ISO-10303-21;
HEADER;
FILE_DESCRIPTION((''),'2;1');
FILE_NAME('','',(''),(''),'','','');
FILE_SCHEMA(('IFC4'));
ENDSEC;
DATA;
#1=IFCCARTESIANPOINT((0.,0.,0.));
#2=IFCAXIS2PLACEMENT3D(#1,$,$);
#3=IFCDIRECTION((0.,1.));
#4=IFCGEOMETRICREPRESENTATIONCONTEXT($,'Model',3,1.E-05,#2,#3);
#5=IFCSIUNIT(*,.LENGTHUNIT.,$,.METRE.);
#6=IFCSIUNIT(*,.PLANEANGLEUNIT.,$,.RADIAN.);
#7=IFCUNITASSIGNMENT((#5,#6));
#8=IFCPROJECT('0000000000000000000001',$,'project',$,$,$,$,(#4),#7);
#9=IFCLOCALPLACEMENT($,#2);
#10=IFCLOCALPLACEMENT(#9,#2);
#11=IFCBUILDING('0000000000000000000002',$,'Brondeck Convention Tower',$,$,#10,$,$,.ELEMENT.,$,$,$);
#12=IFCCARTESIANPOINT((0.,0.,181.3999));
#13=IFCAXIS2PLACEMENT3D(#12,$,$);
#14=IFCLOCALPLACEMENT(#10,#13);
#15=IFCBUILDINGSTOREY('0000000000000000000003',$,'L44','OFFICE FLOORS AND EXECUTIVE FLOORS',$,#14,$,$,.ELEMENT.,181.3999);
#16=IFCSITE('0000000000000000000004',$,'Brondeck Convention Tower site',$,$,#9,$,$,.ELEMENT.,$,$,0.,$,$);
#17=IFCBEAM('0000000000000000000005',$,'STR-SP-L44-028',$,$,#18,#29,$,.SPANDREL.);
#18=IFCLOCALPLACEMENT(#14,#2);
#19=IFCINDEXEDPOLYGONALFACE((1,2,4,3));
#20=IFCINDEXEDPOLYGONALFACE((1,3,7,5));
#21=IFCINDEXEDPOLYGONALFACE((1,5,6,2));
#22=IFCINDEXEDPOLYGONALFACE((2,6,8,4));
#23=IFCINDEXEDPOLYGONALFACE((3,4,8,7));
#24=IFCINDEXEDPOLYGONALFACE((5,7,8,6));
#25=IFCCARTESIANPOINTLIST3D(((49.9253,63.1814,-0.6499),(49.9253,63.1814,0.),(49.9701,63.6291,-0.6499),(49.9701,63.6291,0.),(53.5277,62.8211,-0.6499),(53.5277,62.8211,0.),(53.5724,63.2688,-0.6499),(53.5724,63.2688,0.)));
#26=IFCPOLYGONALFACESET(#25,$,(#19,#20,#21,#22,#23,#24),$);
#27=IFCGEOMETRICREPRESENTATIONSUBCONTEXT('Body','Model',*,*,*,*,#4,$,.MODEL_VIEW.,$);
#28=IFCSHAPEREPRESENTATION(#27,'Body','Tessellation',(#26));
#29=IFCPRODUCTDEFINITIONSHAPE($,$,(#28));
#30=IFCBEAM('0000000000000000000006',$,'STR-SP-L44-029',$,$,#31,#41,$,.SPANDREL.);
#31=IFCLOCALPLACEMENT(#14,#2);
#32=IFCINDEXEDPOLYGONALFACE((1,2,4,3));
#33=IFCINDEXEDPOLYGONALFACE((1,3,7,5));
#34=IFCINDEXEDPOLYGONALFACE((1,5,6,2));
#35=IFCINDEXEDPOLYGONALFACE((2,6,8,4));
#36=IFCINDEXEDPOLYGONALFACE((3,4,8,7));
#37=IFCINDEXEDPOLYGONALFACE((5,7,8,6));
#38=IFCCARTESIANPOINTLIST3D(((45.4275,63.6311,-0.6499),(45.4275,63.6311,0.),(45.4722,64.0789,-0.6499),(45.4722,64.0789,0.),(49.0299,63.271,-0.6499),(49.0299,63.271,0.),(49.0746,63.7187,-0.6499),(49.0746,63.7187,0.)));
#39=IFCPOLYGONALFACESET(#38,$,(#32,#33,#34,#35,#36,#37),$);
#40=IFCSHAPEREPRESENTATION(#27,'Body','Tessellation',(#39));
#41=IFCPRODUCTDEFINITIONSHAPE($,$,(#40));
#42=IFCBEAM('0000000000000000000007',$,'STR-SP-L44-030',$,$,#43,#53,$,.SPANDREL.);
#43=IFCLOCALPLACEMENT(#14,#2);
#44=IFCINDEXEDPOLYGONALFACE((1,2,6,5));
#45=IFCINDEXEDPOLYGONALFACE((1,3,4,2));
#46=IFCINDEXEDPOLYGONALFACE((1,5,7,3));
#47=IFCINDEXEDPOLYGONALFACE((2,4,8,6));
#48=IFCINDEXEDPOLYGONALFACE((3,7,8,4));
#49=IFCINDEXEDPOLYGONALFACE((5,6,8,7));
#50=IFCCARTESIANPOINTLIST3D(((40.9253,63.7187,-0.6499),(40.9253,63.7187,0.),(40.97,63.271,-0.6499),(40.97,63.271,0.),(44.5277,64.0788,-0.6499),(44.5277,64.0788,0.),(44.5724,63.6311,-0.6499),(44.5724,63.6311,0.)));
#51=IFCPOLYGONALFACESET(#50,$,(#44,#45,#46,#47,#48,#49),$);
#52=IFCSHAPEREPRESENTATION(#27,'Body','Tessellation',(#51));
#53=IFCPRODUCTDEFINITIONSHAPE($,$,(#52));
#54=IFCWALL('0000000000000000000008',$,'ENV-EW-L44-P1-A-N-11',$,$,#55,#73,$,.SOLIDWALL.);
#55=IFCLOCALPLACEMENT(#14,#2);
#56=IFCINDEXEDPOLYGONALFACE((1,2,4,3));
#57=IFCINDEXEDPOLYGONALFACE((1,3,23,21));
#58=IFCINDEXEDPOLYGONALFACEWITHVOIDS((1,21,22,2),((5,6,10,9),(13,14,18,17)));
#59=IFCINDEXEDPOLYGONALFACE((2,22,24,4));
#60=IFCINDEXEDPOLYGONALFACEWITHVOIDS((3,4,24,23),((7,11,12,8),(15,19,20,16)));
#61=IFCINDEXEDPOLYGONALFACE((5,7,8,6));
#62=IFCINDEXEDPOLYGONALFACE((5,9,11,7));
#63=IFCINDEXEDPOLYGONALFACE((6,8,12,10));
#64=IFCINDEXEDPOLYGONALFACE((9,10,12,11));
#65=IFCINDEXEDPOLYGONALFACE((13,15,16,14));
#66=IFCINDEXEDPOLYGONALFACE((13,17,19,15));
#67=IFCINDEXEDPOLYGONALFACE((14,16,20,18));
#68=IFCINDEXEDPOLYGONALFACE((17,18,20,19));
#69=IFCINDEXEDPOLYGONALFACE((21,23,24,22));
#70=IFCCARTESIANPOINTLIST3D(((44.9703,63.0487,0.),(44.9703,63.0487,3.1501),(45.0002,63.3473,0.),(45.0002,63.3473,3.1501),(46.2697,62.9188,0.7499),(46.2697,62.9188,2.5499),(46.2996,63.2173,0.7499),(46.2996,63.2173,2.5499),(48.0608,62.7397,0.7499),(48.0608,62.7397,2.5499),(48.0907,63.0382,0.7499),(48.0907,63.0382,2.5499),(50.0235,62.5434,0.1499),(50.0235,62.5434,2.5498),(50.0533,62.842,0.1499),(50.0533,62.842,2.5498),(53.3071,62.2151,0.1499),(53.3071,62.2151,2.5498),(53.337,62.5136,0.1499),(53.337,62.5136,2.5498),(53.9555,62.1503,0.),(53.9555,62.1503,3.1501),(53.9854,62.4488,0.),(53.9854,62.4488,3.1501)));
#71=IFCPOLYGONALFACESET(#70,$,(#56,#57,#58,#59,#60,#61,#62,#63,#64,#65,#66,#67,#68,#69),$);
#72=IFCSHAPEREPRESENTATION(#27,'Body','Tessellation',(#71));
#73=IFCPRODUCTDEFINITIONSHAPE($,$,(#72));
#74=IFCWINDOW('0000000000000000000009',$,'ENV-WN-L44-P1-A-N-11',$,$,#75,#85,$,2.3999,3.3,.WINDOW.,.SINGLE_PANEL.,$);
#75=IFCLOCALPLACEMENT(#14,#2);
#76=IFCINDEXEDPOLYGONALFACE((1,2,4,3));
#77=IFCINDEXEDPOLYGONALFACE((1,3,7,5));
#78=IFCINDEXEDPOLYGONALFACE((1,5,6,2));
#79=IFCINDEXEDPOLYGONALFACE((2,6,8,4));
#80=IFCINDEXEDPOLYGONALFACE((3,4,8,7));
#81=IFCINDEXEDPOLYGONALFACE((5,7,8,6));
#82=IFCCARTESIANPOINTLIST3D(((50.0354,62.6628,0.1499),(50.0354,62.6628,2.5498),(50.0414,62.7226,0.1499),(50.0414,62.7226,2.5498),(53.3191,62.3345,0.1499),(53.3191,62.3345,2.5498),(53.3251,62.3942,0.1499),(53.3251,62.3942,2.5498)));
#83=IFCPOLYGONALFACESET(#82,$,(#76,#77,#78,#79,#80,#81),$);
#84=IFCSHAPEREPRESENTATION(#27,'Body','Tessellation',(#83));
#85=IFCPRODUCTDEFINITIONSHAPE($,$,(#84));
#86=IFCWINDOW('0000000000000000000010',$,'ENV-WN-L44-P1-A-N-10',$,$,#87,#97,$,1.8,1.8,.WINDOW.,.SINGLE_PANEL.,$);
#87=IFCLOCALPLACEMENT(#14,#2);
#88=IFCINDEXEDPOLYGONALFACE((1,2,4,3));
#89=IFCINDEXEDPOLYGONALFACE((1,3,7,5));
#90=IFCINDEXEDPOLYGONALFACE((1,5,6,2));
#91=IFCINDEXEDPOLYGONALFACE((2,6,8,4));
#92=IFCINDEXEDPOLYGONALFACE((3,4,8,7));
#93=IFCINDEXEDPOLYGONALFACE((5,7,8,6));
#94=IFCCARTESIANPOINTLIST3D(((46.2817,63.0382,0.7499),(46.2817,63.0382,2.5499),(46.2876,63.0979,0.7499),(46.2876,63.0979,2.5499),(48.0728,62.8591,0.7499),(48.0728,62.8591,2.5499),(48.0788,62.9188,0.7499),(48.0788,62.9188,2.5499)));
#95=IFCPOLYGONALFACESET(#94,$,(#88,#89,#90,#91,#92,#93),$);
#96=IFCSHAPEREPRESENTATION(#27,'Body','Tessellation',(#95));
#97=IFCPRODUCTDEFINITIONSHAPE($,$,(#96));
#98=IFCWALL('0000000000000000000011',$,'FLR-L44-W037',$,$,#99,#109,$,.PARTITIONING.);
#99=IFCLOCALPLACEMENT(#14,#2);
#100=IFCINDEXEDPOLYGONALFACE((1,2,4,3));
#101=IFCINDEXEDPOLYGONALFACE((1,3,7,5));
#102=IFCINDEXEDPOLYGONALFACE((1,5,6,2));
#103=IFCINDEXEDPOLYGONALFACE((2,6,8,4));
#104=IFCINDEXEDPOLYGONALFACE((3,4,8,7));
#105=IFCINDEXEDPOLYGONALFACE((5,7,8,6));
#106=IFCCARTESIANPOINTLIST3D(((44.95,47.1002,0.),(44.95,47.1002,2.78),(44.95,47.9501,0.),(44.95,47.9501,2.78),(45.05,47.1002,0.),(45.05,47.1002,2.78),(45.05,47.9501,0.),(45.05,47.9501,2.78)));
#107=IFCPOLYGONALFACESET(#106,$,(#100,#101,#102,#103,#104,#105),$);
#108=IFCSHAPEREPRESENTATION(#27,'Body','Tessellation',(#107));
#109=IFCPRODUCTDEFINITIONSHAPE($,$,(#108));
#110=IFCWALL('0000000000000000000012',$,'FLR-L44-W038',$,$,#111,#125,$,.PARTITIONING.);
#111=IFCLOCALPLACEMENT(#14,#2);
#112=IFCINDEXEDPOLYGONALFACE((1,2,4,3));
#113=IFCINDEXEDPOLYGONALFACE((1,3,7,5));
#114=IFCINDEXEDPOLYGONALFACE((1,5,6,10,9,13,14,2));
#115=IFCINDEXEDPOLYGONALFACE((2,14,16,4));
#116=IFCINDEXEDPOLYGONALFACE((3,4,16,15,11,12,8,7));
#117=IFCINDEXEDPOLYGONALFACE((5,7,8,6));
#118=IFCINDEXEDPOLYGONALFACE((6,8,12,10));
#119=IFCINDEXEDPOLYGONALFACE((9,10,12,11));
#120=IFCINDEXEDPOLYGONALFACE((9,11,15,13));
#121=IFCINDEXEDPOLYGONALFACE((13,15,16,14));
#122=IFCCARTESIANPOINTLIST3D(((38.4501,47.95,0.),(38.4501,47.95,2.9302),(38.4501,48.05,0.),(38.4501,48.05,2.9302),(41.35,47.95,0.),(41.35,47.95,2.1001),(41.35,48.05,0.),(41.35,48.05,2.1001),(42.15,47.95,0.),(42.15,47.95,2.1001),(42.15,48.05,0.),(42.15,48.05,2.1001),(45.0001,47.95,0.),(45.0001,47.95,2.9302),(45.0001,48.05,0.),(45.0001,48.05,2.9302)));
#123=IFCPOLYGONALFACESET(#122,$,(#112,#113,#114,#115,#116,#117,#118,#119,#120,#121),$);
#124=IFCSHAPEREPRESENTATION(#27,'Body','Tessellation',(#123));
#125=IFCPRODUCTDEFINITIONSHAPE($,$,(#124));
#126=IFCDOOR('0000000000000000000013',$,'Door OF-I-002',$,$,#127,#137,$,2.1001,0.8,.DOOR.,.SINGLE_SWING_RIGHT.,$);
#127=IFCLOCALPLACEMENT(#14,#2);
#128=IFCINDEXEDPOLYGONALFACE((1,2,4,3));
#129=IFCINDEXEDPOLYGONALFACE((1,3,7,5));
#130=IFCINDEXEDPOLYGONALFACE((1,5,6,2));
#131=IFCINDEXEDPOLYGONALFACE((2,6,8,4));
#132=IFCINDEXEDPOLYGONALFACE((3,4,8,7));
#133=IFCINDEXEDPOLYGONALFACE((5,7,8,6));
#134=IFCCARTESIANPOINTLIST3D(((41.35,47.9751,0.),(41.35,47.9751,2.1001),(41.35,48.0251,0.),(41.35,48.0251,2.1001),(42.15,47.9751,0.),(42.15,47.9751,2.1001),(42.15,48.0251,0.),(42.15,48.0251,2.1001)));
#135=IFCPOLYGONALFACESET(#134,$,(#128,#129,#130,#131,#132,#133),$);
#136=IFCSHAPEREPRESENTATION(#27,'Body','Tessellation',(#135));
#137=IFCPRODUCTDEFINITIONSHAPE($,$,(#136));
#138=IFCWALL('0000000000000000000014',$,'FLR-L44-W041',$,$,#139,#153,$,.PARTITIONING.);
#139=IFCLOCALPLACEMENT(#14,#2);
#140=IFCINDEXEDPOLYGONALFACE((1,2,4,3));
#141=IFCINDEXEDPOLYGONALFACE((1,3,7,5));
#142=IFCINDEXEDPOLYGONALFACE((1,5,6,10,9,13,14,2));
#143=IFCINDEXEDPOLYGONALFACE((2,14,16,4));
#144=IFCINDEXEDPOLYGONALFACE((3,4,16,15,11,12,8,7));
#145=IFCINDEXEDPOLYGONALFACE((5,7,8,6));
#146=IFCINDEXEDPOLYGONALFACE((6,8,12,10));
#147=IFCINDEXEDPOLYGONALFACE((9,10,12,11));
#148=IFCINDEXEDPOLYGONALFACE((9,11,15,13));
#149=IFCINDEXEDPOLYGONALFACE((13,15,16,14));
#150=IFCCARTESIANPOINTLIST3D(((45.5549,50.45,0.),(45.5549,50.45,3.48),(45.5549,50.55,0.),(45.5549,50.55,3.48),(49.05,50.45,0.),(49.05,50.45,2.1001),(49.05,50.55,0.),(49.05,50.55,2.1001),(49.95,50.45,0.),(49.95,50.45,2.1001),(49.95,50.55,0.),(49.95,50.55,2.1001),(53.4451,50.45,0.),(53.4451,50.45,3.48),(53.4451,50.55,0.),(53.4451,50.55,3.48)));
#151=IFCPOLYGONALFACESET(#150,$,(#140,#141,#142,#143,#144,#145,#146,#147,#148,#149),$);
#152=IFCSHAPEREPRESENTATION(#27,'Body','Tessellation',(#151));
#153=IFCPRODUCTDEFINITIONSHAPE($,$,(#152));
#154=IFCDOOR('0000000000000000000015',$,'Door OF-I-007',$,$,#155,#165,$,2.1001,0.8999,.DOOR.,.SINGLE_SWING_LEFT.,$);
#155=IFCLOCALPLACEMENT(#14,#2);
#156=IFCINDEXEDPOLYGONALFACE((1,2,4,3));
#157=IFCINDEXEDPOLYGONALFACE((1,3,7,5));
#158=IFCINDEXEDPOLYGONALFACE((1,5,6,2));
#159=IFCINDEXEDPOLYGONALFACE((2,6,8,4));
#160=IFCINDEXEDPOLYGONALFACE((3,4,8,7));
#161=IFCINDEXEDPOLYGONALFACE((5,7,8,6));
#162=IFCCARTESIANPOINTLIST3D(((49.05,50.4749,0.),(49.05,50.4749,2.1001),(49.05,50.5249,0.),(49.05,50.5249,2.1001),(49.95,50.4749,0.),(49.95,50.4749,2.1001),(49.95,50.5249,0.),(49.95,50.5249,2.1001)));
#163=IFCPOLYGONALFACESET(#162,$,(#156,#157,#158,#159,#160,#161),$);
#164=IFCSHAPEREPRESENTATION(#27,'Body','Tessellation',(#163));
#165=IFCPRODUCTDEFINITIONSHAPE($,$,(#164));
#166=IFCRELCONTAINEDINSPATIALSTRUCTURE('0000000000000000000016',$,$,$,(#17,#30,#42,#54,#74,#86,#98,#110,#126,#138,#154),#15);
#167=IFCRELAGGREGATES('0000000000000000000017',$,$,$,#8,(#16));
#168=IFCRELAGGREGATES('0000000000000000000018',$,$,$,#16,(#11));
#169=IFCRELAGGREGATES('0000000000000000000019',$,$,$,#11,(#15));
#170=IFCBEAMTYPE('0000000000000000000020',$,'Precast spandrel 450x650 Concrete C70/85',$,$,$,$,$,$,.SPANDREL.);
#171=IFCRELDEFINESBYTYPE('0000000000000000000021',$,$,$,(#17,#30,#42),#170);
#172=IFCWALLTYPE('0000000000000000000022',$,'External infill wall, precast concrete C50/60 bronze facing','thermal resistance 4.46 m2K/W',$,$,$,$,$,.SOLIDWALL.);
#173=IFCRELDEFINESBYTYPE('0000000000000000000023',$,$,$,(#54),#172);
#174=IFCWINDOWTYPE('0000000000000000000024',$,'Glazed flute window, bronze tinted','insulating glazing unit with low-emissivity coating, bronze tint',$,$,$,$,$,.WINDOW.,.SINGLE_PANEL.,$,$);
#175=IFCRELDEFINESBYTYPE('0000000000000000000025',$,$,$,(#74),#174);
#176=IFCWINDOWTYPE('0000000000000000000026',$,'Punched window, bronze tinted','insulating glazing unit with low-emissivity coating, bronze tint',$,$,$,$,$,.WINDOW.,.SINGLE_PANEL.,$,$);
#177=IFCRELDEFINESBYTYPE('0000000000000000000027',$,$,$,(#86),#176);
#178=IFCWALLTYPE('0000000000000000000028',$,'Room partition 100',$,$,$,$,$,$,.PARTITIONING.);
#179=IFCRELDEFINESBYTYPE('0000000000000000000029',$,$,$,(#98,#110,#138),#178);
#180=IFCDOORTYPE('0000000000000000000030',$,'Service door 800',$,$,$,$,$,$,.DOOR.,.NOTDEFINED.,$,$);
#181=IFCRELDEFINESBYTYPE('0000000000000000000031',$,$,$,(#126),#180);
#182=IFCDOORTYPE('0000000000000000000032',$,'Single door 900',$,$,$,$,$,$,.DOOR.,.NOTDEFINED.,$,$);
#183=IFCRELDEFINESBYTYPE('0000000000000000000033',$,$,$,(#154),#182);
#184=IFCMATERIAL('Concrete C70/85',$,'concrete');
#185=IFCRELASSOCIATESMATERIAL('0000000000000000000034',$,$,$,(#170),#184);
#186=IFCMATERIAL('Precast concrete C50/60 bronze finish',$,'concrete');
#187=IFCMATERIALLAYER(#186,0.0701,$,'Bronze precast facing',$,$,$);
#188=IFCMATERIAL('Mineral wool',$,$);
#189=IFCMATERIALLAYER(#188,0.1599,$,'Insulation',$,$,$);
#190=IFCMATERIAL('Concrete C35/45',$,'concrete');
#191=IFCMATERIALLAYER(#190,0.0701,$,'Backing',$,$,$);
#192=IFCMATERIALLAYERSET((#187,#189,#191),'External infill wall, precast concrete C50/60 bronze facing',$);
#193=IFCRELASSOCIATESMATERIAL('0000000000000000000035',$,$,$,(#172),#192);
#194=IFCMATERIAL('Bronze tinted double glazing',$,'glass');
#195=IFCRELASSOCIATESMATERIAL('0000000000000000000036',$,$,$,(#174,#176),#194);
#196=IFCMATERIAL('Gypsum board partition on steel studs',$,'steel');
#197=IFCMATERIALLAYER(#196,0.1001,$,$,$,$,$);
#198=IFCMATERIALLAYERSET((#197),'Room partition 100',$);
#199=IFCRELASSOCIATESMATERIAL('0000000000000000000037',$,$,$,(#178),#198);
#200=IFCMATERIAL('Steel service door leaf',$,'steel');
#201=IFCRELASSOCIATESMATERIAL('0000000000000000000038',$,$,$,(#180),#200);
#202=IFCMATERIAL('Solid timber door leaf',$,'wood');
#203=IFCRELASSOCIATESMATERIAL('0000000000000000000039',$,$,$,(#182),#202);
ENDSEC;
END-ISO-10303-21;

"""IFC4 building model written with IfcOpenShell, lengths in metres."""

from ifc_helpers import new_model, si_unit, direction, frame, frame_2d, origin, origin_2d, place, context, subcontext, project, spatial, rectangle, extrude, material, layer, layer_set, material_profile, profile_set, type_object, element, fill, save


model = new_model("IFC4")

# Units and contexts
model_context = context("Model", 3, precision=1e-05, world=origin(), true_north=direction((0.0, 1.0)))
body_context = subcontext(model_context, "Body", "Model", "MODEL_VIEW")
ifc_project = project(units=[si_unit("LENGTHUNIT", "METRE"), si_unit("PLANEANGLEUNIT", "RADIAN")], contexts=[model_context])

# Site, building, storey
site_placement = place(None, origin())
site = spatial("IfcSite", under=ifc_project, at=site_placement, Name="Brondeck Convention Tower site", CompositionType="ELEMENT", RefElevation=0.0)
building_placement = place(site_placement, origin())
building = spatial("IfcBuilding", under=site, at=building_placement, Name="Brondeck Convention Tower", CompositionType="ELEMENT")
storey_placement = place(building_placement, frame((0.0, 0.0, 181.3999)))
storey = spatial("IfcBuildingStorey", under=building, at=storey_placement, Name="L44", Description="OFFICE FLOORS AND EXECUTIVE FLOORS", CompositionType="ELEMENT", Elevation=181.3999)

# Shared definitions
ifc_material_1 = material(Name="Concrete C70/85", Category="concrete")

# Beams
ifc_material_profile_1 = material_profile(ifc_material_1, rectangle(XDim=0.45, YDim=0.6499, at=origin_2d()), Name="Precast spandrel 450x650 Concrete C70/85")
ifc_profile_set_1 = profile_set([ifc_material_profile_1], Name="Concrete C70/85")
beam_type_1 = type_object("IfcBeamType", Name="Precast spandrel 450x650 Concrete C70/85", PredefinedType="SPANDREL", material=ifc_profile_set_1)
for number, where, z_axis, x_axis, name in (
    (1, (53.55, 63.0449, -0.325), (-0.995034, 0.099537, 0.0), (-0.099537, -0.995034, 0.0), "STR-SP-L44-028"),
    (2, (49.0522, 63.4949, -0.325), (-0.995041, 0.09947, 0.0), (-0.09947, -0.995041, 0.0), "STR-SP-L44-029"),
    (3, (44.55, 63.855, -0.325), (-0.995041, -0.09947, 0.0), (0.09947, -0.995041, 0.0), "STR-SP-L44-030"),
):
    element("IfcBeam", number, at=place(storey_placement, frame(where, z_axis=z_axis, x_axis=x_axis)), inside=storey, type_object=beam_type_1, Name=name, PredefinedType="SPANDREL", context=body_context, shape_type="SweptSolid", body=[
        extrude(rectangle(XDim=0.45, YDim=0.6499, at=origin_2d()), origin(), (0.0, 0.0, 1.0), 3.6204),
    ])

# Wall, openings, windows
ifc_material_2 = material(Name="Precast concrete C50/60 bronze finish", Category="concrete")
ifc_layer_1 = layer(ifc_material_2, 0.0701, Name="Bronze precast facing")
ifc_material_3 = material(Name="Mineral wool")
ifc_layer_2 = layer(ifc_material_3, 0.1599, Name="Insulation")
ifc_material_4 = material(Name="Concrete C35/45", Category="concrete")
ifc_layer_3 = layer(ifc_material_4, 0.0701, Name="Backing")
ifc_layer_set_1 = layer_set([ifc_layer_1, ifc_layer_2, ifc_layer_3], Name="External infill wall, precast concrete C50/60 bronze facing")
wall_type_1 = type_object("IfcWallType", Name="External infill wall, precast concrete C50/60 bronze facing", Description="thermal resistance 4.46 m2K/W", PredefinedType="SOLIDWALL", material=ifc_layer_set_1)
wall_1_placement = place(storey_placement, frame((44.9851, 63.198, 0.0), z_axis=(0.0, 0.0, 1.0), x_axis=(0.995038, -0.099496, 0.0)))
wall_1 = element("IfcWall", 4, at=wall_1_placement, inside=storey, type_object=wall_type_1, Name="ENV-EW-L44-P1-A-N-11", PredefinedType="SOLIDWALL", context=body_context, shape_type="SweptSolid", body=[
    extrude(rectangle(XDim=9.03, YDim=0.3, at=frame_2d((4.5151, 0.0))), origin(), (0.0, 0.0, 1.0), 3.1501),
])
opening_1_placement = place(wall_1_placement, frame((1.3062, 0.0, 0.75)))
opening_1 = element("IfcOpeningElement", 5, at=opening_1_placement, cuts=wall_1, PredefinedType="OPENING", context=body_context, shape_type="SweptSolid", body=[
    extrude(rectangle(XDim=1.8, YDim=1.8, at=frame_2d((0.8999, 0.8999))), frame((0.0, 0.1599, 0.0), z_axis=(0.0, -1.0, 0.0), x_axis=(1.0, 0.0, 0.0)), (0.0, 0.0, 1.0), 0.3201),
])
opening_2_placement = place(wall_1_placement, frame((5.0786, 0.0, 0.1499)))
opening_2 = element("IfcOpeningElement", 6, at=opening_2_placement, cuts=wall_1, PredefinedType="OPENING", context=body_context, shape_type="SweptSolid", body=[
    extrude(rectangle(XDim=3.3, YDim=2.3999, at=frame_2d((1.6499, 1.2))), frame((0.0, 0.1599, 0.0), z_axis=(0.0, -1.0, 0.0), x_axis=(1.0, 0.0, 0.0)), (0.0, 0.0, 1.0), 0.3201),
])
ifc_material_5 = material(Name="Bronze tinted double glazing", Category="glass")
window_type_1 = type_object("IfcWindowType", Name="Glazed flute window, bronze tinted", Description="insulating glazing unit with low-emissivity coating, bronze tint", PartitioningType="SINGLE_PANEL", PredefinedType="WINDOW", material=ifc_material_5)
window_1_placement = place(opening_2_placement, origin())
window_1 = element("IfcWindow", 7, at=window_1_placement, inside=storey, type_object=window_type_1, Name="ENV-WN-L44-P1-A-N-11", OverallHeight=2.3999, OverallWidth=3.3, PartitioningType="SINGLE_PANEL", PredefinedType="WINDOW", context=body_context, shape_type="SweptSolid", body=[
    extrude(rectangle(XDim=3.3, YDim=2.3999, at=frame_2d((1.6499, 1.2))), frame((0.0, 0.03, 0.0), z_axis=(0.0, -1.0, 0.0), x_axis=(1.0, 0.0, 0.0)), (0.0, 0.0, 1.0), 0.0601),
])
fill(opening_2, window_1)
window_type_2 = type_object("IfcWindowType", Name="Punched window, bronze tinted", Description="insulating glazing unit with low-emissivity coating, bronze tint", PartitioningType="SINGLE_PANEL", PredefinedType="WINDOW", material=ifc_material_5)
window_2_placement = place(opening_1_placement, origin())
window_2 = element("IfcWindow", 8, at=window_2_placement, inside=storey, type_object=window_type_2, Name="ENV-WN-L44-P1-A-N-10", OverallHeight=1.8, OverallWidth=1.8, PartitioningType="SINGLE_PANEL", PredefinedType="WINDOW", context=body_context, shape_type="SweptSolid", body=[
    extrude(rectangle(XDim=1.8, YDim=1.8, at=frame_2d((0.8999, 0.8999))), frame((0.0, 0.03, 0.0), z_axis=(0.0, -1.0, 0.0), x_axis=(1.0, 0.0, 0.0)), (0.0, 0.0, 1.0), 0.0601),
])
fill(opening_1, window_2)

# Wall
ifc_material_6 = material(Name="Gypsum board partition on steel studs", Category="steel")
ifc_layer_4 = layer(ifc_material_6, 0.1001)
ifc_layer_set_2 = layer_set([ifc_layer_4], Name="Room partition 100")
wall_type_2 = type_object("IfcWallType", Name="Room partition 100", PredefinedType="PARTITIONING", material=ifc_layer_set_2)
wall_2_placement = place(storey_placement, frame((45.0, 47.95, 0.0), z_axis=(0.0, 0.0, 1.0), x_axis=(0.0, -1.0, 0.0)))
element("IfcWall", 9, at=wall_2_placement, inside=storey, type_object=wall_type_2, Name="FLR-L44-W037", PredefinedType="PARTITIONING", context=body_context, shape_type="SweptSolid", body=[
    extrude(rectangle(XDim=0.8499, YDim=0.1001, at=frame_2d((0.4248, 0.0))), origin(), (0.0, 0.0, 1.0), 2.78),
])

# Walls, openings, doors
wall_3_placement = place(storey_placement, frame((45.0, 48.0, 0.0), z_axis=(0.0, 0.0, 1.0), x_axis=(-1.0, 0.0, 0.0)))
wall_3 = element("IfcWall", 10, at=wall_3_placement, inside=storey, type_object=wall_type_2, Name="FLR-L44-W038", PredefinedType="PARTITIONING", context=body_context, shape_type="SweptSolid", body=[
    extrude(rectangle(XDim=6.55, YDim=0.1001, at=frame_2d((3.2749, 0.0))), origin(), (0.0, 0.0, 1.0), 2.9302),
])
opening_3_placement = place(wall_3_placement, frame((2.8501, 0.0, 0.0)))
opening_3 = element("IfcOpeningElement", 11, at=opening_3_placement, cuts=wall_3, PredefinedType="OPENING", context=body_context, shape_type="SweptSolid", body=[
    extrude(rectangle(XDim=0.8, YDim=2.1001, at=frame_2d((0.3999, 1.05))), frame((0.0, 0.0601, 0.0), z_axis=(0.0, -1.0, 0.0), x_axis=(1.0, 0.0, 0.0)), (0.0, 0.0, 1.0), 0.1201),
])
ifc_material_7 = material(Name="Steel service door leaf", Category="steel")
door_type_1 = type_object("IfcDoorType", Name="Service door 800", OperationType="NOTDEFINED", PredefinedType="DOOR", material=ifc_material_7)
door_1_placement = place(opening_3_placement, origin())
door_1 = element("IfcDoor", 12, at=door_1_placement, inside=storey, type_object=door_type_1, Name="Door OF-I-002", OperationType="SINGLE_SWING_RIGHT", OverallHeight=2.1001, OverallWidth=0.8, PredefinedType="DOOR", context=body_context, shape_type="SweptSolid", body=[
    extrude(rectangle(XDim=0.8, YDim=2.1001, at=frame_2d((0.3999, 1.05))), frame((0.0, 0.0249, 0.0), z_axis=(0.0, -1.0, 0.0), x_axis=(1.0, 0.0, 0.0)), (0.0, 0.0, 1.0), 0.05),
])
fill(opening_3, door_1)
wall_4_placement = place(storey_placement, frame((45.5549, 50.5, 0.0), z_axis=(0.0, 0.0, 1.0), x_axis=(1.0, 0.0, 0.0)))
wall_4 = element("IfcWall", 13, at=wall_4_placement, inside=storey, type_object=wall_type_2, Name="FLR-L44-W041", PredefinedType="PARTITIONING", context=body_context, shape_type="SweptSolid", body=[
    extrude(rectangle(XDim=7.8901, YDim=0.1001, at=frame_2d((3.9451, 0.0))), origin(), (0.0, 0.0, 1.0), 3.48),
])
opening_4_placement = place(wall_4_placement, frame((3.4951, 0.0, 0.0)))
opening_4 = element("IfcOpeningElement", 14, at=opening_4_placement, cuts=wall_4, PredefinedType="OPENING", context=body_context, shape_type="SweptSolid", body=[
    extrude(rectangle(XDim=0.8999, YDim=2.1001, at=frame_2d((0.45, 1.05))), frame((0.0, 0.0601, 0.0), z_axis=(0.0, -1.0, 0.0), x_axis=(1.0, 0.0, 0.0)), (0.0, 0.0, 1.0), 0.1201),
])
ifc_material_8 = material(Name="Solid timber door leaf", Category="wood")
door_type_2 = type_object("IfcDoorType", Name="Single door 900", OperationType="NOTDEFINED", PredefinedType="DOOR", material=ifc_material_8)
door_2_placement = place(opening_4_placement, origin())
door_2 = element("IfcDoor", 15, at=door_2_placement, inside=storey, type_object=door_type_2, Name="Door OF-I-007", OperationType="SINGLE_SWING_LEFT", OverallHeight=2.1001, OverallWidth=0.8999, PredefinedType="DOOR", context=body_context, shape_type="SweptSolid", body=[
    extrude(rectangle(XDim=0.8999, YDim=2.1001, at=frame_2d((0.45, 1.05))), frame((0.0, 0.0249, 0.0), z_axis=(0.0, -1.0, 0.0), x_axis=(1.0, 0.0, 0.0)), (0.0, 0.0, 1.0), 0.05),
])
fill(opening_4, door_2)

save(model, "model.ifc")
